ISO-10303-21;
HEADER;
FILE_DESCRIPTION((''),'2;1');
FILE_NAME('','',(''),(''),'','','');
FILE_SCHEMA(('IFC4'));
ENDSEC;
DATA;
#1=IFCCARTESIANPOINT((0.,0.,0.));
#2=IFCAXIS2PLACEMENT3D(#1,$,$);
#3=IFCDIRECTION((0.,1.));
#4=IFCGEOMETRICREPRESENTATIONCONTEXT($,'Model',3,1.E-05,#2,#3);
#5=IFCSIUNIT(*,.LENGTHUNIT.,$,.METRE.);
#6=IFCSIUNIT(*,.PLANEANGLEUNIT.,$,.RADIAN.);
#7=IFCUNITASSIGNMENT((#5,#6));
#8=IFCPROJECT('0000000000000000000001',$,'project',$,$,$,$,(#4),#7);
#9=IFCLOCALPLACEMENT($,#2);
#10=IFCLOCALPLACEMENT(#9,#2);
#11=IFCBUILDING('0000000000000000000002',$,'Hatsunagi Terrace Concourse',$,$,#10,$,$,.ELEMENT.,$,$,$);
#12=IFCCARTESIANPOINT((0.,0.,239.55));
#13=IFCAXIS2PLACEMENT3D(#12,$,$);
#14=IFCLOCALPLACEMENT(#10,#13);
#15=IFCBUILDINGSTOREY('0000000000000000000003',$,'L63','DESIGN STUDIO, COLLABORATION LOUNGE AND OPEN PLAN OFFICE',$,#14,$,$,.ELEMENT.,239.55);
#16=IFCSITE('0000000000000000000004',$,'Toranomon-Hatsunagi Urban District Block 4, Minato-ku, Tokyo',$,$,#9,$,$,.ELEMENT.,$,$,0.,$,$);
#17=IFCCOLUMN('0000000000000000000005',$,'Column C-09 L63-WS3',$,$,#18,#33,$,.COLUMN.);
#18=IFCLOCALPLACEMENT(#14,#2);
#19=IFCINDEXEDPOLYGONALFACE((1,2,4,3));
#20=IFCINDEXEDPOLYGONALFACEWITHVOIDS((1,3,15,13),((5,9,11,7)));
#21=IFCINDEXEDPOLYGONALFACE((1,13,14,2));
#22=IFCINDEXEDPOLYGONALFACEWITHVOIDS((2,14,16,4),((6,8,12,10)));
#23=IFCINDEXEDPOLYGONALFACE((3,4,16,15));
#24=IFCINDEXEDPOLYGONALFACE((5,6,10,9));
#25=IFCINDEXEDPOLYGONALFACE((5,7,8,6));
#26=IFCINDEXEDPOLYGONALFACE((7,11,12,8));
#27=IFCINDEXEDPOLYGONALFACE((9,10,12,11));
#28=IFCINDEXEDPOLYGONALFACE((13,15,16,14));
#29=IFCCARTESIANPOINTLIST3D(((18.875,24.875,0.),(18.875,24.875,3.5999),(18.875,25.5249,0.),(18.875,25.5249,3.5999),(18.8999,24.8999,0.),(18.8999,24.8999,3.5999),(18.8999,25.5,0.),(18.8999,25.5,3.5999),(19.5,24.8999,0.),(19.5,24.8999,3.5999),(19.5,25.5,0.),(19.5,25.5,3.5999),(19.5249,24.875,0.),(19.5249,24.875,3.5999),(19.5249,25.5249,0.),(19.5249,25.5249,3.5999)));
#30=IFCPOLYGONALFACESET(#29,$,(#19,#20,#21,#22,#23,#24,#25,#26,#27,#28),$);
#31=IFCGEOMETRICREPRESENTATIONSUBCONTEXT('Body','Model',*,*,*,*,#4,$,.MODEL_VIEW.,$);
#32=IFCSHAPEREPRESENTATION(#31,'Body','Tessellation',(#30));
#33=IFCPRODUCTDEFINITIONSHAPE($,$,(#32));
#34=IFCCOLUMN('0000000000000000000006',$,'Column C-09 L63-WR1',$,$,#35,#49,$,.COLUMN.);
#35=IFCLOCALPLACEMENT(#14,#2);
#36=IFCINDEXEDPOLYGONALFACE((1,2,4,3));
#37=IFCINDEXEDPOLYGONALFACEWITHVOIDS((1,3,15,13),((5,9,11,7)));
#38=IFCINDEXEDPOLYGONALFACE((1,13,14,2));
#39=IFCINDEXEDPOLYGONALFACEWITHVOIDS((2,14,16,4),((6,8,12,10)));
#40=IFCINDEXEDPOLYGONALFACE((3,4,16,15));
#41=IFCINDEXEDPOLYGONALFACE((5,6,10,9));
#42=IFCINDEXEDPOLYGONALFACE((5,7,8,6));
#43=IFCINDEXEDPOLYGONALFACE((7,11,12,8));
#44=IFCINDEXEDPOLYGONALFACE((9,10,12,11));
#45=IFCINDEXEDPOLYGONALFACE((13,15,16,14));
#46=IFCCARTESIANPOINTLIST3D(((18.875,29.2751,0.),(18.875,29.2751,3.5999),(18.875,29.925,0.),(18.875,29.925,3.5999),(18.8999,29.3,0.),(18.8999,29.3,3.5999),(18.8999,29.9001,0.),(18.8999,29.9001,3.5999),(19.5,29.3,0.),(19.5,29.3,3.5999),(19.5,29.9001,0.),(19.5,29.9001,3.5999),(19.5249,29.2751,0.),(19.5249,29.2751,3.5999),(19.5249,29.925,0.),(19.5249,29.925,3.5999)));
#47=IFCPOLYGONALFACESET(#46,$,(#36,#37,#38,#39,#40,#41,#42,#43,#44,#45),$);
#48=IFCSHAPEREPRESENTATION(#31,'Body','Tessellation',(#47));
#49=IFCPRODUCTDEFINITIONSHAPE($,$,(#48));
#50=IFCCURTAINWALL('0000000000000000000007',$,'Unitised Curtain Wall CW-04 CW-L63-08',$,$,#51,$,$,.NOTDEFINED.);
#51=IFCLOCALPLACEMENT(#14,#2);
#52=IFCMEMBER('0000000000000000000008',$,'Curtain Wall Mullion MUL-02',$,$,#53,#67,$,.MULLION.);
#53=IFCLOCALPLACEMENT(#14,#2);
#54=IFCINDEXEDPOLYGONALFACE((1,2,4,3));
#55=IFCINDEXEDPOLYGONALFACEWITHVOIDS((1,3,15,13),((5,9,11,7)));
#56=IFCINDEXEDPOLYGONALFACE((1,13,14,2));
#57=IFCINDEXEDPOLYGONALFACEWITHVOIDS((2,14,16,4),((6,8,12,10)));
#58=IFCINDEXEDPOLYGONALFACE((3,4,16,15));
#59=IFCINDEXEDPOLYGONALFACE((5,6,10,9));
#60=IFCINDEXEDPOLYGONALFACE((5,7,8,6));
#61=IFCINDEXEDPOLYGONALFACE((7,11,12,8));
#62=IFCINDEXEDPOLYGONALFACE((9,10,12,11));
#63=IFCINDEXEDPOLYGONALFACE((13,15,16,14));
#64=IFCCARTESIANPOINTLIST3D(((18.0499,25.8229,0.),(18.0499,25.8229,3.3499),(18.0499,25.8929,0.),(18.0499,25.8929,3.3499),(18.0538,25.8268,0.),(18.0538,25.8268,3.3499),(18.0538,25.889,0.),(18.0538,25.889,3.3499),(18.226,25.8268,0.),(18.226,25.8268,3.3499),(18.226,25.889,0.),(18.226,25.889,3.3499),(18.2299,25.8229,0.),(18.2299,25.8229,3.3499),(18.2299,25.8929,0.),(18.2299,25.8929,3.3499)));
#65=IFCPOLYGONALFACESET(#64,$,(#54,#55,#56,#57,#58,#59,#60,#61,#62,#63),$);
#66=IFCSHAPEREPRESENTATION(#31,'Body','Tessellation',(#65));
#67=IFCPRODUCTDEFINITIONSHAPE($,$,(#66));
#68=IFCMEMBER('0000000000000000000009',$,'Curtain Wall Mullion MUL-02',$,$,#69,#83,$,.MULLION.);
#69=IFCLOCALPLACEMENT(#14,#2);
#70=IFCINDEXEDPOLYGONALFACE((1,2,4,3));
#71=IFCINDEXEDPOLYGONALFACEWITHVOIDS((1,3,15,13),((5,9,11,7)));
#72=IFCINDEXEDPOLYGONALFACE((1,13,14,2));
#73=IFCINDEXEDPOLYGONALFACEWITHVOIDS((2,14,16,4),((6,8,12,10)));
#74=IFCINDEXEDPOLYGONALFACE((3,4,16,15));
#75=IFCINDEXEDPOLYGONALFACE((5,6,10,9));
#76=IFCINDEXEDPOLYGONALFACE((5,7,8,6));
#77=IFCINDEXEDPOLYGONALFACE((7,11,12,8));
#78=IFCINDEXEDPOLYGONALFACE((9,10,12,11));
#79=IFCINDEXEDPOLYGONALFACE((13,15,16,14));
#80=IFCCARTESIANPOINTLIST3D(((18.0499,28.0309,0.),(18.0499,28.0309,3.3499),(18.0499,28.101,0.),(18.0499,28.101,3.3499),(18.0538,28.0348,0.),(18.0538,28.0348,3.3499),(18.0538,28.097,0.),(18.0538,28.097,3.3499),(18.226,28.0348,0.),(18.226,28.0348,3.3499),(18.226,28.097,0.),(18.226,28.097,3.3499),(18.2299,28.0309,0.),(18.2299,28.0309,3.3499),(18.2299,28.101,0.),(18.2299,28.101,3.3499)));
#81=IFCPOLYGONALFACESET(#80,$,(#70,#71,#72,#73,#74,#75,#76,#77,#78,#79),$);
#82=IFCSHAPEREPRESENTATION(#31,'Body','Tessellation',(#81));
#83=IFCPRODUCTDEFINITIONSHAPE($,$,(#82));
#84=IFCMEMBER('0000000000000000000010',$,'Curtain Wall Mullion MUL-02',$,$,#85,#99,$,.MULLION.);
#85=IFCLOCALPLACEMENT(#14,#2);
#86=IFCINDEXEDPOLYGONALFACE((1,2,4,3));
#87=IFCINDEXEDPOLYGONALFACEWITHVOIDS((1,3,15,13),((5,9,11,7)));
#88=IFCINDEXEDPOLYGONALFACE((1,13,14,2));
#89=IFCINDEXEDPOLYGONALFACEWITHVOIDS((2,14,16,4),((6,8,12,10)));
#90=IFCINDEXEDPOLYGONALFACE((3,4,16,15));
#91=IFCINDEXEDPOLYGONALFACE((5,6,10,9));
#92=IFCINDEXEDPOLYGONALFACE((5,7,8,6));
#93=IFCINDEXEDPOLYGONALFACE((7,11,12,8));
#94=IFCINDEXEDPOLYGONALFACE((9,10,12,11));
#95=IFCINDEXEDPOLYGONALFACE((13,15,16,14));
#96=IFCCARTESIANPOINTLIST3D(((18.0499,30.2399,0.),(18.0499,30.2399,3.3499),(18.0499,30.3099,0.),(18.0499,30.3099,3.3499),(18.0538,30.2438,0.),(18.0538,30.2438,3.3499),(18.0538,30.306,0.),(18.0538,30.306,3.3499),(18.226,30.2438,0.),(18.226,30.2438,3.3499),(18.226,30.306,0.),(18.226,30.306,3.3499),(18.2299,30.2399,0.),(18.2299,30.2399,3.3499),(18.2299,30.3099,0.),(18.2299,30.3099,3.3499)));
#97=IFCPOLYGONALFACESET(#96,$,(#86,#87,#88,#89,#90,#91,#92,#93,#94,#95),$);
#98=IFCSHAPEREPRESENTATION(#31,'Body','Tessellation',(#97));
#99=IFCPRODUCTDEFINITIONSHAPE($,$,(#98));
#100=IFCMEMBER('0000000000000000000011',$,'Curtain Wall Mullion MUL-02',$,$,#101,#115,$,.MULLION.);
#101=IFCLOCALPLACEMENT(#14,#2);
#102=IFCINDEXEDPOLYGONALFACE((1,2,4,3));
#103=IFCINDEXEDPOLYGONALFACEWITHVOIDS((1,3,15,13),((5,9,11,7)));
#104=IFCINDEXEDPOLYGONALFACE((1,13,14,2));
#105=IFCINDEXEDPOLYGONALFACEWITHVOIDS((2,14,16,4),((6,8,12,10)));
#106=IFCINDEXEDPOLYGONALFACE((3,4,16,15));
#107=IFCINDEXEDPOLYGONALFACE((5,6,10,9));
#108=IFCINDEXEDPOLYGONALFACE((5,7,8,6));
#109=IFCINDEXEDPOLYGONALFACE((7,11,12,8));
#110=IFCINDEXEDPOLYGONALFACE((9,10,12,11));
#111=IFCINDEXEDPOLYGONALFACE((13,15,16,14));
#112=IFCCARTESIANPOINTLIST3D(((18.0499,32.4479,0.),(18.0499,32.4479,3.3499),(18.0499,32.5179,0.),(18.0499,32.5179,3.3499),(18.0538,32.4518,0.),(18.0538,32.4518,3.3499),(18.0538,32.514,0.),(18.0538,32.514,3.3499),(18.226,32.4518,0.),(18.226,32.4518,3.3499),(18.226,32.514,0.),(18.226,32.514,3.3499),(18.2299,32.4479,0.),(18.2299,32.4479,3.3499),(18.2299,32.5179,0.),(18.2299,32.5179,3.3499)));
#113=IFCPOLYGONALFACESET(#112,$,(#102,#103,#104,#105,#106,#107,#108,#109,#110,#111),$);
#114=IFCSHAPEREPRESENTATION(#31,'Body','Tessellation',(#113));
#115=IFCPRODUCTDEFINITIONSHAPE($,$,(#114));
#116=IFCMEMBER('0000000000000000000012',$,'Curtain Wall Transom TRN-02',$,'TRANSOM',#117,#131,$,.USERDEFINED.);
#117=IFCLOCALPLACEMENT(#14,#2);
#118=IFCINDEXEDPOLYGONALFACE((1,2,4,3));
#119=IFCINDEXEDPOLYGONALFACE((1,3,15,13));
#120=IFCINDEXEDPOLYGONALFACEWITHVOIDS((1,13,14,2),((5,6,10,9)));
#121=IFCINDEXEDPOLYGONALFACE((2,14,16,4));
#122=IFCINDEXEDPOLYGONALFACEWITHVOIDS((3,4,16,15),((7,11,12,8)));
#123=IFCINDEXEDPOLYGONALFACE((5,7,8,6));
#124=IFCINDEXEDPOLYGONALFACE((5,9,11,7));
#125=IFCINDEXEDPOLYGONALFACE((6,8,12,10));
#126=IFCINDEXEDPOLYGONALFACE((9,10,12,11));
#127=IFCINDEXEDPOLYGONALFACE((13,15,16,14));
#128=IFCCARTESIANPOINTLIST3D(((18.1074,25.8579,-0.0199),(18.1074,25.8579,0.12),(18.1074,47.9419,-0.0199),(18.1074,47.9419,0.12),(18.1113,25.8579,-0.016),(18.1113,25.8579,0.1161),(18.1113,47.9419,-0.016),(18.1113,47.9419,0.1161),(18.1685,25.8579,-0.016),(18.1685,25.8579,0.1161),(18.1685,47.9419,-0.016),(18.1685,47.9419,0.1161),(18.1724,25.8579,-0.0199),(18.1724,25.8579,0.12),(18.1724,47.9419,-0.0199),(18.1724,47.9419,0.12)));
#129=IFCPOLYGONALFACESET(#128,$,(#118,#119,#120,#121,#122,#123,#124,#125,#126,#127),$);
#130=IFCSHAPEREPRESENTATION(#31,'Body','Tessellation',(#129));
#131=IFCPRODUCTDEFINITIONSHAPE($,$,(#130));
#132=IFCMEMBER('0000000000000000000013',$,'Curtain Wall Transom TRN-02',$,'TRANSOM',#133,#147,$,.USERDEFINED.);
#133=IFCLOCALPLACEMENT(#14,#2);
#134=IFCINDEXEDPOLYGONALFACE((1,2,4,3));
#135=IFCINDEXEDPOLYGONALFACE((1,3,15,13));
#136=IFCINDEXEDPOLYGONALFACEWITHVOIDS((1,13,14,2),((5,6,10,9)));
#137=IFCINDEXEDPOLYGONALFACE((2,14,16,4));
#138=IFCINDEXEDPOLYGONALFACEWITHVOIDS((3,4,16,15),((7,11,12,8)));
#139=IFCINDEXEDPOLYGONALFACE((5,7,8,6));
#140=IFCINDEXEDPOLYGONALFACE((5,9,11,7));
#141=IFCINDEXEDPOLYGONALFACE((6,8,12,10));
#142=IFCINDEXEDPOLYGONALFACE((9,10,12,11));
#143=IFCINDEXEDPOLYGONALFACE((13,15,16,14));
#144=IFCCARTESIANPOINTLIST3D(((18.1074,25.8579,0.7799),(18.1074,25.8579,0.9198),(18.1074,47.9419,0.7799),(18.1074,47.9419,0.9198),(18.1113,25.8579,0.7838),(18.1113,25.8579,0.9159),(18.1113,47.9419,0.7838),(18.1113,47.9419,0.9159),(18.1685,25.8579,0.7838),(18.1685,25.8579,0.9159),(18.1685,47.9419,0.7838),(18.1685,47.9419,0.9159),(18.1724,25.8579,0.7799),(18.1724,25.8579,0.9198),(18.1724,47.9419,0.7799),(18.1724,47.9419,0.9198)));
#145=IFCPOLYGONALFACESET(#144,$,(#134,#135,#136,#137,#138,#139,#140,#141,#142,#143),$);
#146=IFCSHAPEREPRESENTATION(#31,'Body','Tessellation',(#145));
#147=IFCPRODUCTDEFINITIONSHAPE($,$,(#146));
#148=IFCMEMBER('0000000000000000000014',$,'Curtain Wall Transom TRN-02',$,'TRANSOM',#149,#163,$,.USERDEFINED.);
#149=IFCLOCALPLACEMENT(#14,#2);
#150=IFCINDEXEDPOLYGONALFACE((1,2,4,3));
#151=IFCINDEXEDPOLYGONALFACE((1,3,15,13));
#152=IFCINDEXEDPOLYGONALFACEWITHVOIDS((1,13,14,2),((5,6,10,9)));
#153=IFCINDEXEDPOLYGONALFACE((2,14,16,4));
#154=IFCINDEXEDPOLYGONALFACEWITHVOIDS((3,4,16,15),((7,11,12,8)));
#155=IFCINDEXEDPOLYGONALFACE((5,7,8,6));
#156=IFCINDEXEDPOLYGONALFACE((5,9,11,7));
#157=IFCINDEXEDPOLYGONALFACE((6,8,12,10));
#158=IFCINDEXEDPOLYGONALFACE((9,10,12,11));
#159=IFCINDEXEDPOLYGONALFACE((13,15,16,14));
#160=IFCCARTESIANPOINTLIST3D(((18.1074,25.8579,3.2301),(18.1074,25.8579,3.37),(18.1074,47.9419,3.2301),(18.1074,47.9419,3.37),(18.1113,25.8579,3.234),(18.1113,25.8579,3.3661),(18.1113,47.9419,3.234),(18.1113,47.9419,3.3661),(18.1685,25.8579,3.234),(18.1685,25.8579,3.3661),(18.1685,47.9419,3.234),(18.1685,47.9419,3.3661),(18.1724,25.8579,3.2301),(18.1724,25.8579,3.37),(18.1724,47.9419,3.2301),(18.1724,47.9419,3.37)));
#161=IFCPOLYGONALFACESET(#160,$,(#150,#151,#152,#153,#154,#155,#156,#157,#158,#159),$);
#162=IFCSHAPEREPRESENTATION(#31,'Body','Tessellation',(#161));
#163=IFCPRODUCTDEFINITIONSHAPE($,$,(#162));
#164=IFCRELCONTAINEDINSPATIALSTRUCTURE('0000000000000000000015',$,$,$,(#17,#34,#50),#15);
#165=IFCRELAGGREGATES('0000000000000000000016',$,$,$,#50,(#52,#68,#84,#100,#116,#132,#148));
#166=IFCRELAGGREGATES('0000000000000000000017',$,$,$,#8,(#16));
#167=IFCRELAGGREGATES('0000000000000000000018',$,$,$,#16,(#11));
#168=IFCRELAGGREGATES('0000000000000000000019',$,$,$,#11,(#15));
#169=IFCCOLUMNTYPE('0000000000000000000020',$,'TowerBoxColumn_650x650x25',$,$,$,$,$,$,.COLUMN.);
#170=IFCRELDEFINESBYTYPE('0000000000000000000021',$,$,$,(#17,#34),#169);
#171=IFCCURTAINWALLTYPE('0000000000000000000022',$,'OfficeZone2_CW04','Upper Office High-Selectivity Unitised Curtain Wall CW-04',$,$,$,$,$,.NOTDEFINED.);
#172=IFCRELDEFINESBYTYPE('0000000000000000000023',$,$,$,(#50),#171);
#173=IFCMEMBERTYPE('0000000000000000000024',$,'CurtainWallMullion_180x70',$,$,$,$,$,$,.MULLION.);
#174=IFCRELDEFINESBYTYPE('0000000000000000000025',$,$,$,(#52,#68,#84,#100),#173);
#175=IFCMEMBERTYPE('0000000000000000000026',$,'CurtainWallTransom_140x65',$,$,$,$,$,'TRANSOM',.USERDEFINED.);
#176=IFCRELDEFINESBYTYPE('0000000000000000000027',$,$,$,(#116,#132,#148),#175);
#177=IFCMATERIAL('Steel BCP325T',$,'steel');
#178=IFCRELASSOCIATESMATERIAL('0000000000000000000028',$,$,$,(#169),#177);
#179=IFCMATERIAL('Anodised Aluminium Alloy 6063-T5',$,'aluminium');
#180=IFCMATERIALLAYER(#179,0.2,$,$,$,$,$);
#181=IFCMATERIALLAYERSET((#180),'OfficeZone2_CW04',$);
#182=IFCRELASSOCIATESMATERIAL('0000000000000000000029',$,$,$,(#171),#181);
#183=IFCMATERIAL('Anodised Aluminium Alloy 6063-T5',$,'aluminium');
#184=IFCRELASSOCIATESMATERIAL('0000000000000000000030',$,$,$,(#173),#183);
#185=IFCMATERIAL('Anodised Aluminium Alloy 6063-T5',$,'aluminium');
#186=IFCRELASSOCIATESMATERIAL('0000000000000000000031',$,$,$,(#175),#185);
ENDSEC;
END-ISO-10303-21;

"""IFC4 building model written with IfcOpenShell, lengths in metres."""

from ifc_helpers import new_model, si_unit, direction, frame, origin, origin_2d, place, context, subcontext, project, spatial, hollow_rectangle, extrude, material, layer, layer_set, material_profile, profile_set, type_object, element, aggregate, save


model = new_model("IFC4")

# Units and contexts
model_context = context("Model", 3, precision=1e-05, world=origin(), true_north=direction((0.0, 1.0)))
body_context = subcontext(model_context, "Body", "Model", "MODEL_VIEW")
ifc_project = project(units=[si_unit("LENGTHUNIT", "METRE"), si_unit("PLANEANGLEUNIT", "RADIAN")], contexts=[model_context])

# Site, building, storey
site_placement = place(None, origin())
site = spatial("IfcSite", under=ifc_project, at=site_placement, Name="Toranomon-Hatsunagi Urban District Block 4, Minato-ku, Tokyo", CompositionType="ELEMENT", RefElevation=0.0)
building_placement = place(site_placement, origin())
building = spatial("IfcBuilding", under=site, at=building_placement, Name="Hatsunagi Terrace Concourse", CompositionType="ELEMENT")
storey_placement = place(building_placement, frame((0.0, 0.0, 239.55)))
storey = spatial("IfcBuildingStorey", under=building, at=storey_placement, Name="L63", Description="DESIGN STUDIO, COLLABORATION LOUNGE AND OPEN PLAN OFFICE", CompositionType="ELEMENT", Elevation=239.55)

# Columns
ifc_material_1 = material(Name="Steel BCP325T", Category="steel")
ifc_material_profile_1 = material_profile(ifc_material_1, hollow_rectangle(XDim=0.6499, YDim=0.6499, WallThickness=0.0249, at=origin_2d()), Name="BCP-650x650x25")
ifc_profile_set_1 = profile_set([ifc_material_profile_1], Name="Steel BCP325T")
column_type = type_object("IfcColumnType", Name="TowerBoxColumn_650x650x25", PredefinedType="COLUMN", material=ifc_profile_set_1)
for number, where, z_axis, x_axis, name in (
    (1, (19.2, 25.2, 0.0), (0.0, 0.0, 1.0), (1.0, 0.0, 0.0), "Column C-09 L63-WS3"),
    (2, (19.2, 29.6001, 0.0), (0.0, 0.0, 1.0), (1.0, 0.0, 0.0), "Column C-09 L63-WR1"),
):
    element("IfcColumn", number, at=place(storey_placement, frame(where, z_axis=z_axis, x_axis=x_axis)), inside=storey, type_object=column_type, Name=name, PredefinedType="COLUMN", context=body_context, shape_type="SweptSolid", body=[
        extrude(hollow_rectangle(XDim=0.6499, YDim=0.6499, WallThickness=0.0249, at=origin_2d()), origin(), (0.0, 0.0, 1.0), 3.5999),
    ])

# Curtain wall, members
ifc_material_2 = material(Name="Anodised Aluminium Alloy 6063-T5", Category="aluminium")
ifc_layer_1 = layer(ifc_material_2, 0.2)
ifc_layer_set_1 = layer_set([ifc_layer_1], Name="OfficeZone2_CW04")
curtain_wall_type = type_object("IfcCurtainWallType", Name="OfficeZone2_CW04", Description="Upper Office High-Selectivity Unitised Curtain Wall CW-04", PredefinedType="NOTDEFINED", material=ifc_layer_set_1)
curtain_wall_placement = place(storey_placement, origin())
curtain_wall = element("IfcCurtainWall", 3, at=curtain_wall_placement, inside=storey, type_object=curtain_wall_type, Name="Unitised Curtain Wall CW-04 CW-L63-08", PredefinedType="NOTDEFINED")
ifc_material_3 = material(Name="Anodised Aluminium Alloy 6063-T5", Category="aluminium")
ifc_material_profile_2 = material_profile(ifc_material_3, hollow_rectangle(XDim=0.0701, YDim=0.1799, WallThickness=0.0039, at=origin_2d()), Name="ALU-MUL-180x70x4")
ifc_profile_set_2 = profile_set([ifc_material_profile_2], Name="Anodised Aluminium Alloy 6063-T5")
member_type_1 = type_object("IfcMemberType", Name="CurtainWallMullion_180x70", PredefinedType="MULLION", material=ifc_profile_set_2)
member_1_placement = place(storey_placement, frame((18.1399, 25.8579, 0.0), z_axis=(0.0, 0.0, 1.0), x_axis=(0.0, 1.0, 0.0)))
member_1 = element("IfcMember", 4, at=member_1_placement, type_object=member_type_1, Name="Curtain Wall Mullion MUL-02", PredefinedType="MULLION", context=body_context, shape_type="SweptSolid", body=[
    extrude(hollow_rectangle(XDim=0.0701, YDim=0.1799, WallThickness=0.0039, at=origin_2d()), origin(), (0.0, 0.0, 1.0), 3.3499),
])
member_2_placement = place(storey_placement, frame((18.1399, 28.0659, 0.0), z_axis=(0.0, 0.0, 1.0), x_axis=(0.0, 1.0, 0.0)))
member_2 = element("IfcMember", 5, at=member_2_placement, type_object=member_type_1, Name="Curtain Wall Mullion MUL-02", PredefinedType="MULLION", context=body_context, shape_type="SweptSolid", body=[
    extrude(hollow_rectangle(XDim=0.0701, YDim=0.1799, WallThickness=0.0039, at=origin_2d()), origin(), (0.0, 0.0, 1.0), 3.3499),
])
member_3_placement = place(storey_placement, frame((18.1399, 30.2749, 0.0), z_axis=(0.0, 0.0, 1.0), x_axis=(0.0, 1.0, 0.0)))
member_3 = element("IfcMember", 6, at=member_3_placement, type_object=member_type_1, Name="Curtain Wall Mullion MUL-02", PredefinedType="MULLION", context=body_context, shape_type="SweptSolid", body=[
    extrude(hollow_rectangle(XDim=0.0701, YDim=0.1799, WallThickness=0.0039, at=origin_2d()), origin(), (0.0, 0.0, 1.0), 3.3499),
])
member_4_placement = place(storey_placement, frame((18.1399, 32.4829, 0.0), z_axis=(0.0, 0.0, 1.0), x_axis=(0.0, 1.0, 0.0)))
member_4 = element("IfcMember", 7, at=member_4_placement, type_object=member_type_1, Name="Curtain Wall Mullion MUL-02", PredefinedType="MULLION", context=body_context, shape_type="SweptSolid", body=[
    extrude(hollow_rectangle(XDim=0.0701, YDim=0.1799, WallThickness=0.0039, at=origin_2d()), origin(), (0.0, 0.0, 1.0), 3.3499),
])
ifc_material_4 = material(Name="Anodised Aluminium Alloy 6063-T5", Category="aluminium")
ifc_material_profile_3 = material_profile(ifc_material_4, hollow_rectangle(XDim=0.0649, YDim=0.1399, WallThickness=0.0039, at=origin_2d()), Name="ALU-TRN-140x65x4")
ifc_profile_set_3 = profile_set([ifc_material_profile_3], Name="Anodised Aluminium Alloy 6063-T5")
member_type_2 = type_object("IfcMemberType", Name="CurtainWallTransom_140x65", ElementType="TRANSOM", PredefinedType="USERDEFINED", material=ifc_profile_set_3)
member_5_placement = place(storey_placement, frame((18.1399, 25.8579, 0.05), z_axis=(0.0, 1.0, 0.0), x_axis=(-1.0, 0.0, 0.0)))
member_5 = element("IfcMember", 8, at=member_5_placement, type_object=member_type_2, Name="Curtain Wall Transom TRN-02", ObjectType="TRANSOM", PredefinedType="USERDEFINED", context=body_context, shape_type="SweptSolid", body=[
    extrude(hollow_rectangle(XDim=0.0649, YDim=0.1399, WallThickness=0.0039, at=origin_2d()), origin(), (0.0, 0.0, 1.0), 22.084),
])
member_6_placement = place(storey_placement, frame((18.1399, 25.8579, 0.8499), z_axis=(0.0, 1.0, 0.0), x_axis=(-1.0, 0.0, 0.0)))
member_6 = element("IfcMember", 9, at=member_6_placement, type_object=member_type_2, Name="Curtain Wall Transom TRN-02", ObjectType="TRANSOM", PredefinedType="USERDEFINED", context=body_context, shape_type="SweptSolid", body=[
    extrude(hollow_rectangle(XDim=0.0649, YDim=0.1399, WallThickness=0.0039, at=origin_2d()), origin(), (0.0, 0.0, 1.0), 22.084),
])
member_7_placement = place(storey_placement, frame((18.1399, 25.8579, 3.3), z_axis=(0.0, 1.0, 0.0), x_axis=(-1.0, 0.0, 0.0)))
member_7 = element("IfcMember", 10, at=member_7_placement, type_object=member_type_2, Name="Curtain Wall Transom TRN-02", ObjectType="TRANSOM", PredefinedType="USERDEFINED", context=body_context, shape_type="SweptSolid", body=[
    extrude(hollow_rectangle(XDim=0.0649, YDim=0.1399, WallThickness=0.0039, at=origin_2d()), origin(), (0.0, 0.0, 1.0), 22.084),
])

aggregate(curtain_wall, [member_1, member_2, member_3, member_4, member_5, member_6, member_7])

save(model, "model.ifc")
